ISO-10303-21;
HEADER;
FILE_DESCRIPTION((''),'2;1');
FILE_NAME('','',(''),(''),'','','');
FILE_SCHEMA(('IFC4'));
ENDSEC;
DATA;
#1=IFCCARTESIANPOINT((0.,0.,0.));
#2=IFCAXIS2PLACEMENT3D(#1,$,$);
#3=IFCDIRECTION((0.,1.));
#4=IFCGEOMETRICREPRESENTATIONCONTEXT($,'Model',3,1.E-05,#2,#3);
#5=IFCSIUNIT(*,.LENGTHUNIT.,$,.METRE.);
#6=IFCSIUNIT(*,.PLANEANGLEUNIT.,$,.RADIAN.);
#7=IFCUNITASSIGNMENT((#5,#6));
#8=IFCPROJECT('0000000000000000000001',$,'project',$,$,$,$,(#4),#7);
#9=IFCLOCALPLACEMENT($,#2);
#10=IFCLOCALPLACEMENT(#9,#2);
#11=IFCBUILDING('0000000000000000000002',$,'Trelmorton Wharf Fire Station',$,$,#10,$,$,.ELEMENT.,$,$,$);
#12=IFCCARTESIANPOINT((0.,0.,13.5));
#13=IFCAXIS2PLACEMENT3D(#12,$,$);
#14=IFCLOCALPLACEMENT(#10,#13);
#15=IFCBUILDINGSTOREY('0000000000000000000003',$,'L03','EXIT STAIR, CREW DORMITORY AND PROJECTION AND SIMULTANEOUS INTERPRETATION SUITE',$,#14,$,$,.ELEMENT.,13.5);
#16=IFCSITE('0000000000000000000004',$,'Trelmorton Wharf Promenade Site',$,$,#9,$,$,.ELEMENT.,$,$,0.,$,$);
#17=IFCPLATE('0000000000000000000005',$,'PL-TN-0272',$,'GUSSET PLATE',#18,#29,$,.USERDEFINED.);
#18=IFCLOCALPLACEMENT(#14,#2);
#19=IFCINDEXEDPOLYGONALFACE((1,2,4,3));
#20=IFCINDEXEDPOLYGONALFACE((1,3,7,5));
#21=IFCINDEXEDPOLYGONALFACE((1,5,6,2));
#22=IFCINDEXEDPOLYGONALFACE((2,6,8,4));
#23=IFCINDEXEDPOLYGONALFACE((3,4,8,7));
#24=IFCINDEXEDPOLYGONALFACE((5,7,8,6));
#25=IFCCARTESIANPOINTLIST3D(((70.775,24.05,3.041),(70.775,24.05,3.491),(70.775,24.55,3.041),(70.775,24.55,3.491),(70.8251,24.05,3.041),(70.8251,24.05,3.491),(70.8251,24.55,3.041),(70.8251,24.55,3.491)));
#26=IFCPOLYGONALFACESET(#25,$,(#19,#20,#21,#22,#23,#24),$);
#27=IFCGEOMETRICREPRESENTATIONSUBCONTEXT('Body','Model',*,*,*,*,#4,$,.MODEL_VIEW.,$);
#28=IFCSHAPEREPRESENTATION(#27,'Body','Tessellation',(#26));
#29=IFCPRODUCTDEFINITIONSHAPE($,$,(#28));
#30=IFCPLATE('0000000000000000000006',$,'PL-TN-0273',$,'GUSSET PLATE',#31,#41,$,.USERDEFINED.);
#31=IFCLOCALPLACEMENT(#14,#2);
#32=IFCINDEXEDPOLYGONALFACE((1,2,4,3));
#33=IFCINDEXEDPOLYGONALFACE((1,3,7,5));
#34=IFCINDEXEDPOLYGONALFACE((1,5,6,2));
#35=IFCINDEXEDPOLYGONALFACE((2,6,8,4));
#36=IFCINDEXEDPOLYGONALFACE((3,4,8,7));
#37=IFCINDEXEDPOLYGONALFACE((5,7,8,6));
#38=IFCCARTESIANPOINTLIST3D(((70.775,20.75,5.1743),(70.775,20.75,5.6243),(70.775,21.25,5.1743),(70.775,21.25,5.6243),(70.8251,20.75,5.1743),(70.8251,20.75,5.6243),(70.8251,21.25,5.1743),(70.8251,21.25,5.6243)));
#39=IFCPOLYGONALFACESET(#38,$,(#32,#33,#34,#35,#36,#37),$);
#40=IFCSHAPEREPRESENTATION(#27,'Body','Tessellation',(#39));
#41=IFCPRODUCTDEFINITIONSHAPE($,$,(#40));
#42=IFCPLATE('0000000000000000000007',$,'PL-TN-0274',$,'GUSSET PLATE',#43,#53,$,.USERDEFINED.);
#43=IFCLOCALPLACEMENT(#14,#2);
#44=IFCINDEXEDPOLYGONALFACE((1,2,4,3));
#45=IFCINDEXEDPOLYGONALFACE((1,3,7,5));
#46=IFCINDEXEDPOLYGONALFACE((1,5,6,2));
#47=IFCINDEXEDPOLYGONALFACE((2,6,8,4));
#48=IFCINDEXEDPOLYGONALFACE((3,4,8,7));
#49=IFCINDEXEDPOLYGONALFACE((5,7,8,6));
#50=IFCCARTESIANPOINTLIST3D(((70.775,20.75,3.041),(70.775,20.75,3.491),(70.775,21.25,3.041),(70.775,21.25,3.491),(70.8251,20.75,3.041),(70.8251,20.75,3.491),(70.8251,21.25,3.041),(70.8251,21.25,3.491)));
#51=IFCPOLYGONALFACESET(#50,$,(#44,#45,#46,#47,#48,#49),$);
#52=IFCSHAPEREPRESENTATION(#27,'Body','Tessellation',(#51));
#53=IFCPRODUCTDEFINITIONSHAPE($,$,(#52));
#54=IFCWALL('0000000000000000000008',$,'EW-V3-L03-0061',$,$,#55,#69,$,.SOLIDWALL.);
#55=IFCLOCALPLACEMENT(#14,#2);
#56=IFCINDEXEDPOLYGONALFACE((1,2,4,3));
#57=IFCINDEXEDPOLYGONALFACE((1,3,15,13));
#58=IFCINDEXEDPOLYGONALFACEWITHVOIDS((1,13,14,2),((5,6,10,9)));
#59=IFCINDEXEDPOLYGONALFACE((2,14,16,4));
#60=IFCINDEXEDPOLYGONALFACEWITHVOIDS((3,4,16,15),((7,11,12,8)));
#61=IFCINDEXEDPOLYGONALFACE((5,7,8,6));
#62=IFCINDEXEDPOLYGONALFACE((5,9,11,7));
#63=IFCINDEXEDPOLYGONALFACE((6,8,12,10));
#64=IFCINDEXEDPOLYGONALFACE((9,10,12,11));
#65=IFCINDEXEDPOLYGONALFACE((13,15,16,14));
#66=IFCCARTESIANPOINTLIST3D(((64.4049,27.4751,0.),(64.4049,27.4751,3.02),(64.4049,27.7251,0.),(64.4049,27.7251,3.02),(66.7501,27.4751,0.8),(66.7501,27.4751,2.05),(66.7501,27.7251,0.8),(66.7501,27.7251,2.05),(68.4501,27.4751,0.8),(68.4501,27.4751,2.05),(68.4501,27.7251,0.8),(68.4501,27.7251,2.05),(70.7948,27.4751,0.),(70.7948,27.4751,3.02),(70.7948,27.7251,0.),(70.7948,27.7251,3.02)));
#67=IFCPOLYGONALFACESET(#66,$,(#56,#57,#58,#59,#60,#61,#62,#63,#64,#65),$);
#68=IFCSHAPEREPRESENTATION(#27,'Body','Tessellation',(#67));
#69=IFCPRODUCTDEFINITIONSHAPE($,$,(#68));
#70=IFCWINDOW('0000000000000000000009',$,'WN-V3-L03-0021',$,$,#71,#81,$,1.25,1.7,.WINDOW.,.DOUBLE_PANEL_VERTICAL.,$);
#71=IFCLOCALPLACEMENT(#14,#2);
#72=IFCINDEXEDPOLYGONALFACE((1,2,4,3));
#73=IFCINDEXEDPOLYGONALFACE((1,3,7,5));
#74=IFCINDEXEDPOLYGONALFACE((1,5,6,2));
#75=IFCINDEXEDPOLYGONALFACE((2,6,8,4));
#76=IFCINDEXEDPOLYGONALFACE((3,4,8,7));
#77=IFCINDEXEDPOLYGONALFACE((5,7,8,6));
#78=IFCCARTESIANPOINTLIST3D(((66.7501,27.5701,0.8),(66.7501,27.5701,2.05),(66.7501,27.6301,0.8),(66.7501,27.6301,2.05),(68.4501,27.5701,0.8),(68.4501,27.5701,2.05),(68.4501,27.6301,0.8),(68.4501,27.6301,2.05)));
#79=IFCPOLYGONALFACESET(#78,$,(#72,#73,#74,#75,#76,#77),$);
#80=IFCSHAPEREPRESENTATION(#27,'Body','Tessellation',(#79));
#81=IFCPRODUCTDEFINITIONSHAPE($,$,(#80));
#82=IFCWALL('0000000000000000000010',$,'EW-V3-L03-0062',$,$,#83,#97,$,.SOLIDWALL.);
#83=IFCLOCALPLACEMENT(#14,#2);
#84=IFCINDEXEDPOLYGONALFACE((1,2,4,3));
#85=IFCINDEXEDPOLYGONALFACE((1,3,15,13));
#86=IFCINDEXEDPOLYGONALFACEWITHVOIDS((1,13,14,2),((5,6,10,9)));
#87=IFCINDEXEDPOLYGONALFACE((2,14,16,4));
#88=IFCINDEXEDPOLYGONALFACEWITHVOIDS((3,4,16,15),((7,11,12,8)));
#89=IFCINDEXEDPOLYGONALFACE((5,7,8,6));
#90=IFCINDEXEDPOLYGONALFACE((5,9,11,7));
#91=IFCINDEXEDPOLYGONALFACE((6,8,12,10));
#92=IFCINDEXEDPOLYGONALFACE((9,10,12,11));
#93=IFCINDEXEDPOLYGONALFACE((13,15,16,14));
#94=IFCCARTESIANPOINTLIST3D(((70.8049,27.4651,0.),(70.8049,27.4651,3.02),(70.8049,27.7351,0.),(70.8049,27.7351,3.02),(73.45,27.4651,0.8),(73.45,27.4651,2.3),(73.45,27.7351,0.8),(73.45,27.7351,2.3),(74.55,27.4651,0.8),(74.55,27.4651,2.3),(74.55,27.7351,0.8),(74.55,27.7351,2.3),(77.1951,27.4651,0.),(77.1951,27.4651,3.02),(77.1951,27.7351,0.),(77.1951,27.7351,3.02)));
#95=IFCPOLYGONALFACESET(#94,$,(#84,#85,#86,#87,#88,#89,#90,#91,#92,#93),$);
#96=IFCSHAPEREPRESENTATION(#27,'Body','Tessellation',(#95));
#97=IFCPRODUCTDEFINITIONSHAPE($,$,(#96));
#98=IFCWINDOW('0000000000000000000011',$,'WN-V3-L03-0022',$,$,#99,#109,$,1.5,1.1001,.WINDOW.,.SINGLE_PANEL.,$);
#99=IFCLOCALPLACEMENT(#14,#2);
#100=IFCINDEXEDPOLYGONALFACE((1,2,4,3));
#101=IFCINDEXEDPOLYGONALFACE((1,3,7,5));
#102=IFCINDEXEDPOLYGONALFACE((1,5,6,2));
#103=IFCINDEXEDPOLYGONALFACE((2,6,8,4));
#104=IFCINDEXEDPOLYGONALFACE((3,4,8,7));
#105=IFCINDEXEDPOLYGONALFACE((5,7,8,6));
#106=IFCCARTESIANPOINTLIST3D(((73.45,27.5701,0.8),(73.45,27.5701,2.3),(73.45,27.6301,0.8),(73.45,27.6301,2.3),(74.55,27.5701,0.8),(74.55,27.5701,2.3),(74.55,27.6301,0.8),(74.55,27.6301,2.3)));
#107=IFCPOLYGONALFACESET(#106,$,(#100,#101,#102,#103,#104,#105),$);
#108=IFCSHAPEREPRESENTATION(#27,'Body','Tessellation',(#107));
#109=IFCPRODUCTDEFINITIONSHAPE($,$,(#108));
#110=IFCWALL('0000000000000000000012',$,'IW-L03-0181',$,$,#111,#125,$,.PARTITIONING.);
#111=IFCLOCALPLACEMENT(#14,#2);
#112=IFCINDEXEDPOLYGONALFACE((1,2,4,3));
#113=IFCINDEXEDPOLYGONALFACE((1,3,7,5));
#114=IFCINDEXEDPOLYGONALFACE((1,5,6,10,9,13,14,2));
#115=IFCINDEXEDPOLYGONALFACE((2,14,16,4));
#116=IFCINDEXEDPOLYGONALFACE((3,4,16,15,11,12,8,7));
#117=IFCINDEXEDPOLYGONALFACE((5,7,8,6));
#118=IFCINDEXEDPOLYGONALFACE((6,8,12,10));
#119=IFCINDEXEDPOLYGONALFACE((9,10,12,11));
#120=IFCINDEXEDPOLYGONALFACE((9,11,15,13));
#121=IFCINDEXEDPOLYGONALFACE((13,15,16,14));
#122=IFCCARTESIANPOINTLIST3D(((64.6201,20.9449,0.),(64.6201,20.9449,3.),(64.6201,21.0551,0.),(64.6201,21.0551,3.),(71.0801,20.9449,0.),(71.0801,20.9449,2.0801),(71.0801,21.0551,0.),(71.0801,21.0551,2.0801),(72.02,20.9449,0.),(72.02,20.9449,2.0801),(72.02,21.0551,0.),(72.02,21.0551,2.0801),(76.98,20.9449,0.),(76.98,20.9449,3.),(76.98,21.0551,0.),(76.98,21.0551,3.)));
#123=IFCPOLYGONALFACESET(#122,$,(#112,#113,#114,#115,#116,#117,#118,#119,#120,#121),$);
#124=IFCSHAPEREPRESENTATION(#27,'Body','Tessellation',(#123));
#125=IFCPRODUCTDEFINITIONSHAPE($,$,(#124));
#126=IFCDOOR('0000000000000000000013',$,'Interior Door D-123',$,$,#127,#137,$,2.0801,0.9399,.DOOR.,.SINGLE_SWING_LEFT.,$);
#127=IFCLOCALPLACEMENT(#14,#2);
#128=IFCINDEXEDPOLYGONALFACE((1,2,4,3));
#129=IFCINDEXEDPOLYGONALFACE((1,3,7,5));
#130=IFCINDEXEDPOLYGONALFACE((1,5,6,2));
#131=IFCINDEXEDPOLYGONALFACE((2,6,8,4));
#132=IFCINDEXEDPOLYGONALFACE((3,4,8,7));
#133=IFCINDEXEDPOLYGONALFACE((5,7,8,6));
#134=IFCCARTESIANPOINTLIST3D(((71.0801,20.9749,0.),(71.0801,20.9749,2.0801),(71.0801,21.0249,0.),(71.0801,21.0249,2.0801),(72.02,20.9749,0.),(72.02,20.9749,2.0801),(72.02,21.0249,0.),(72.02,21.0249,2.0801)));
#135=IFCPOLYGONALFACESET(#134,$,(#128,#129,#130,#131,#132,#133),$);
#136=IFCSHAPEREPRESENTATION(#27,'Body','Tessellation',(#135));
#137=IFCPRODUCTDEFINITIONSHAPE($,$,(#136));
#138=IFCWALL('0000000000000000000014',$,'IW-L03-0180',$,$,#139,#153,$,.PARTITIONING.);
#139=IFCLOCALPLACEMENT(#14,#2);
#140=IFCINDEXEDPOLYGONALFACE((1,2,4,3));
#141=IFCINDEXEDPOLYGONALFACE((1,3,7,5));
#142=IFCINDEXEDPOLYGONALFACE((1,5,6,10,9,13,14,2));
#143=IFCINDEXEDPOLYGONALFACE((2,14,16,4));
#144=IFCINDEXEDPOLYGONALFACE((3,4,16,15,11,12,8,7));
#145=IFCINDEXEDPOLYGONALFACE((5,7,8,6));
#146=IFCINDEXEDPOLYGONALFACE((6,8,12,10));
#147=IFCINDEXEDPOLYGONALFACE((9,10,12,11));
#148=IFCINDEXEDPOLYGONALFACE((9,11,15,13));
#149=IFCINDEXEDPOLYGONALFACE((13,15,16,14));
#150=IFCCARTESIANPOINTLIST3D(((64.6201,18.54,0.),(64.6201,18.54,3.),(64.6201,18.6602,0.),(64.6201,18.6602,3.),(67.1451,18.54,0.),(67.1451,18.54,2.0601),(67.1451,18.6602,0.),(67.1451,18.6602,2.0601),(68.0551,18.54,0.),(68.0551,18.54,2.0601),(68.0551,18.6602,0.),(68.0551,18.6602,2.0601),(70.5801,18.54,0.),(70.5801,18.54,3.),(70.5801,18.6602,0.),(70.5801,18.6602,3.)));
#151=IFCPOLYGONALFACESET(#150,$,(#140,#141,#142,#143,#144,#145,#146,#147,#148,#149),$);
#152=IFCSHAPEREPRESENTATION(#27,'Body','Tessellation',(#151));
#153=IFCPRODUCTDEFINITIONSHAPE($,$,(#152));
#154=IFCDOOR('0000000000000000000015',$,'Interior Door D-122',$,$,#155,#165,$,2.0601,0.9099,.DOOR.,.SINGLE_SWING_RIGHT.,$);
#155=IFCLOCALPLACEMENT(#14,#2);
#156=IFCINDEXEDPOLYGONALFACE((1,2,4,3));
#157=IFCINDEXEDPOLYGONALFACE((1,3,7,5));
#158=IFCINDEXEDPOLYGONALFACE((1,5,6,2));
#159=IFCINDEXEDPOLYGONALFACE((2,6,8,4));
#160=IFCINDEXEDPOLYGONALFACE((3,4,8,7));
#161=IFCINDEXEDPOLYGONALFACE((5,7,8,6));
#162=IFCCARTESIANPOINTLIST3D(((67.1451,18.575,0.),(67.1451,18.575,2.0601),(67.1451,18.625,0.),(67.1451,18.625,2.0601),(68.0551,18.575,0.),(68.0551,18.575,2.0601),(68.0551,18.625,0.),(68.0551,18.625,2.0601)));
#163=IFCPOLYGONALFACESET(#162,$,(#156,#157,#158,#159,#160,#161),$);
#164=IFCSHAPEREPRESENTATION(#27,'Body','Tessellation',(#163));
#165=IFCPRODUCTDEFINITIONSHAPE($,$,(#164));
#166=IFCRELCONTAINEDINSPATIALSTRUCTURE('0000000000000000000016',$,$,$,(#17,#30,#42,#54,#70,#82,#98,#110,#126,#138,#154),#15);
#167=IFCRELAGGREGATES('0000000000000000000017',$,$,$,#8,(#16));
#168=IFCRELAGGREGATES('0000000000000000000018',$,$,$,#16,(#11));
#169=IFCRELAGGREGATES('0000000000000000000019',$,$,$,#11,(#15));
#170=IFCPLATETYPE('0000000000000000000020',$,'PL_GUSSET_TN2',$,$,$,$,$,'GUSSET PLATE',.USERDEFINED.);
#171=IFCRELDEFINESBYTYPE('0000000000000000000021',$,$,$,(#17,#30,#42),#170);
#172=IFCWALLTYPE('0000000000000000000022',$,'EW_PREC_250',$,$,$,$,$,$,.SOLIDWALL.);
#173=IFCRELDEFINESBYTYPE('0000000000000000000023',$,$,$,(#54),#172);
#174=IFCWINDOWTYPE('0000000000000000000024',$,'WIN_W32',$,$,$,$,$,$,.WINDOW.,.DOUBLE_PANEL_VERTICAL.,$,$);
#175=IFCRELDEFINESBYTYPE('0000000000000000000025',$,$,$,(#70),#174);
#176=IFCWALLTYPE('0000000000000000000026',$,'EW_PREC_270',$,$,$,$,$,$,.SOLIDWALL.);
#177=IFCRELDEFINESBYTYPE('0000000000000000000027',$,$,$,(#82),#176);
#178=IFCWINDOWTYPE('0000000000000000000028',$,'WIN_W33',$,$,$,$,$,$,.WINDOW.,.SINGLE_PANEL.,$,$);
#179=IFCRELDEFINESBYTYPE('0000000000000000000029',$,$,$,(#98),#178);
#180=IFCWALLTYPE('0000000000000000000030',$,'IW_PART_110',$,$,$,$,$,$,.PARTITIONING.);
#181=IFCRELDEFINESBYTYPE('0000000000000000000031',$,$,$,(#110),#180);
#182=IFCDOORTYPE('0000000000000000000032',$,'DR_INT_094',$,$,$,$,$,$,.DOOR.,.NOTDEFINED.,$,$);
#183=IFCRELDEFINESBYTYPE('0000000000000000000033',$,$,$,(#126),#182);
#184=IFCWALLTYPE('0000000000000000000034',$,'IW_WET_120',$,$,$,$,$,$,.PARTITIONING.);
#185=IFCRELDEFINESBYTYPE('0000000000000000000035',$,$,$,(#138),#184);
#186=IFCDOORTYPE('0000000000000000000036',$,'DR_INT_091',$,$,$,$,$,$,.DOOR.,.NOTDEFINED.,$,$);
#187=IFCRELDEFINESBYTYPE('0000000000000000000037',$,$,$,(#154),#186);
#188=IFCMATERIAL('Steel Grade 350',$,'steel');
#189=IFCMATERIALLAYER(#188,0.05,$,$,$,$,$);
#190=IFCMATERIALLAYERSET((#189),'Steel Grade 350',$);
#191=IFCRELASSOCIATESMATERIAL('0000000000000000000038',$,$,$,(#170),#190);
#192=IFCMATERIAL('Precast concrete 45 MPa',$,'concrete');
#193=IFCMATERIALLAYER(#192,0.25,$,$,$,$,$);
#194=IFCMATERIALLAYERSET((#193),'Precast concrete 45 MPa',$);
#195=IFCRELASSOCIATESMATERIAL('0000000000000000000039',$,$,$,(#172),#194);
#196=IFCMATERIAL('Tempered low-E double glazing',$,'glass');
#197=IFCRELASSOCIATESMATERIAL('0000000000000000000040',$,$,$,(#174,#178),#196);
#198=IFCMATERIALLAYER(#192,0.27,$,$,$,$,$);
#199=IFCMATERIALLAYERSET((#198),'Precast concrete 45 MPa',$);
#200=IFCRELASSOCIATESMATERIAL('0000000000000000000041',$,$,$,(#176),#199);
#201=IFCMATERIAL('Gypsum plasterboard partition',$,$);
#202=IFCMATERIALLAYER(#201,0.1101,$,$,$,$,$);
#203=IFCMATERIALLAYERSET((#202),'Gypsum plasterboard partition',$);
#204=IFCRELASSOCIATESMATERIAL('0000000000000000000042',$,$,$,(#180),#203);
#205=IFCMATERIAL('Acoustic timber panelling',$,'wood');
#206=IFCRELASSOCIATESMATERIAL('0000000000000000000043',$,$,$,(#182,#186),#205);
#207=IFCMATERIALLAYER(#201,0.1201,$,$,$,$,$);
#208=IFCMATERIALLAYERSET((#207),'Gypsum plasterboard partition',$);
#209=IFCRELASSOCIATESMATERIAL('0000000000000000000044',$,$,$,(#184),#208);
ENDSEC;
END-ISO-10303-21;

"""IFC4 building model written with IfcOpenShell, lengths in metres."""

from ifc_helpers import new_model, si_unit, direction, frame, frame_2d, origin, origin_2d, place, context, subcontext, project, spatial, rectangle, extrude, material, layer, layer_set, type_object, element, fill, save


model = new_model("IFC4")

# Units and contexts
model_context = context("Model", 3, precision=1e-05, world=origin(), true_north=direction((0.0, 1.0)))
body_context = subcontext(model_context, "Body", "Model", "MODEL_VIEW")
ifc_project = project(units=[si_unit("LENGTHUNIT", "METRE"), si_unit("PLANEANGLEUNIT", "RADIAN")], contexts=[model_context])

# Site, building, storey
site_placement = place(None, origin())
site = spatial("IfcSite", under=ifc_project, at=site_placement, Name="Trelmorton Wharf Promenade Site", CompositionType="ELEMENT", RefElevation=0.0)
building_placement = place(site_placement, origin())
building = spatial("IfcBuilding", under=site, at=building_placement, Name="Trelmorton Wharf Fire Station", CompositionType="ELEMENT")
storey_placement = place(building_placement, frame((0.0, 0.0, 13.5)))
storey = spatial("IfcBuildingStorey", under=building, at=storey_placement, Name="L03", Description="EXIT STAIR, CREW DORMITORY AND PROJECTION AND SIMULTANEOUS INTERPRETATION SUITE", CompositionType="ELEMENT", Elevation=13.5)

# Shared definitions
ifc_material_1 = material(Name="Steel Grade 350", Category="steel")

# Plates
ifc_layer_1 = layer(ifc_material_1, 0.05)
ifc_layer_set_1 = layer_set([ifc_layer_1], Name="Steel Grade 350")
plate_type_1 = type_object("IfcPlateType", Name="PL_GUSSET_TN2", ElementType="GUSSET PLATE", PredefinedType="USERDEFINED", material=ifc_layer_set_1)
for number, where, z_axis, x_axis, name in (
    (1, (70.8, 24.3, 3.041), (0.0, 0.0, 1.0), (1.0, 0.0, 0.0), "PL-TN-0272"),
    (2, (70.8, 21.0, 5.1743), (0.0, 0.0, 1.0), (1.0, 0.0, 0.0), "PL-TN-0273"),
    (3, (70.8, 21.0, 3.041), (0.0, 0.0, 1.0), (1.0, 0.0, 0.0), "PL-TN-0274"),
):
    element("IfcPlate", number, at=place(storey_placement, frame(where, z_axis=z_axis, x_axis=x_axis)), inside=storey, type_object=plate_type_1, Name=name, ObjectType="GUSSET PLATE", PredefinedType="USERDEFINED", context=body_context, shape_type="SweptSolid", body=[
        extrude(rectangle(XDim=0.05, YDim=0.5, at=origin_2d()), origin(), (0.0, 0.0, 1.0), 0.45),
    ])

# Walls, openings, windows
ifc_material_2 = material(Name="Precast concrete 45 MPa", Category="concrete")
ifc_layer_2 = layer(ifc_material_2, 0.25)
ifc_layer_set_2 = layer_set([ifc_layer_2], Name="Precast concrete 45 MPa")
wall_type_1 = type_object("IfcWallType", Name="EW_PREC_250", PredefinedType="SOLIDWALL", material=ifc_layer_set_2)
wall_1_placement = place(storey_placement, frame((64.405, 27.6001, 0.0), z_axis=(0.0, 0.0, 1.0), x_axis=(1.0, 0.0, 0.0)))
wall_1 = element("IfcWall", 4, at=wall_1_placement, inside=storey, type_object=wall_type_1, Name="EW-V3-L03-0061", PredefinedType="SOLIDWALL", context=body_context, shape_type="SweptSolid", body=[
    extrude(rectangle(XDim=6.3899, YDim=0.25, at=frame_2d((3.1948, 0.0))), origin(), (0.0, 0.0, 1.0), 3.02),
])
opening_1_placement = place(wall_1_placement, frame((2.345, 0.0, 0.8)))
opening_1 = element("IfcOpeningElement", 5, at=opening_1_placement, cuts=wall_1, PredefinedType="OPENING", context=body_context, shape_type="SweptSolid", body=[
    extrude(rectangle(XDim=1.7, YDim=1.25, at=frame_2d((0.8501, 0.625))), frame((0.0, 0.135, 0.0), z_axis=(0.0, -1.0, 0.0), x_axis=(1.0, 0.0, 0.0)), (0.0, 0.0, 1.0), 0.27),
])
ifc_material_3 = material(Name="Tempered low-E double glazing", Category="glass")
window_type_1 = type_object("IfcWindowType", Name="WIN_W32", PartitioningType="DOUBLE_PANEL_VERTICAL", PredefinedType="WINDOW", material=ifc_material_3)
window_1_placement = place(opening_1_placement, origin())
window_1 = element("IfcWindow", 6, at=window_1_placement, inside=storey, type_object=window_type_1, Name="WN-V3-L03-0021", OverallHeight=1.25, OverallWidth=1.7, PartitioningType="DOUBLE_PANEL_VERTICAL", PredefinedType="WINDOW", context=body_context, shape_type="SweptSolid", body=[
    extrude(rectangle(XDim=1.7, YDim=1.25, at=frame_2d((0.8501, 0.625))), frame((0.0, 0.03, 0.0), z_axis=(0.0, -1.0, 0.0), x_axis=(1.0, 0.0, 0.0)), (0.0, 0.0, 1.0), 0.0601),
])
fill(opening_1, window_1)
ifc_layer_3 = layer(ifc_material_2, 0.27)
ifc_layer_set_3 = layer_set([ifc_layer_3], Name="Precast concrete 45 MPa")
wall_type_2 = type_object("IfcWallType", Name="EW_PREC_270", PredefinedType="SOLIDWALL", material=ifc_layer_set_3)
wall_2_placement = place(storey_placement, frame((70.8049, 27.6001, 0.0), z_axis=(0.0, 0.0, 1.0), x_axis=(1.0, 0.0, 0.0)))
wall_2 = element("IfcWall", 7, at=wall_2_placement, inside=storey, type_object=wall_type_2, Name="EW-V3-L03-0062", PredefinedType="SOLIDWALL", context=body_context, shape_type="SweptSolid", body=[
    extrude(rectangle(XDim=6.3901, YDim=0.27, at=frame_2d((3.1951, 0.0))), origin(), (0.0, 0.0, 1.0), 3.02),
])
opening_2_placement = place(wall_2_placement, frame((2.645, 0.0, 0.8)))
opening_2 = element("IfcOpeningElement", 8, at=opening_2_placement, cuts=wall_2, PredefinedType="OPENING", context=body_context, shape_type="SweptSolid", body=[
    extrude(rectangle(XDim=1.1001, YDim=1.5, at=frame_2d((0.55, 0.75))), frame((0.0, 0.145, 0.0), z_axis=(0.0, -1.0, 0.0), x_axis=(1.0, 0.0, 0.0)), (0.0, 0.0, 1.0), 0.29),
])
window_type_2 = type_object("IfcWindowType", Name="WIN_W33", PartitioningType="SINGLE_PANEL", PredefinedType="WINDOW", material=ifc_material_3)
window_2_placement = place(opening_2_placement, origin())
window_2 = element("IfcWindow", 9, at=window_2_placement, inside=storey, type_object=window_type_2, Name="WN-V3-L03-0022", OverallHeight=1.5, OverallWidth=1.1001, PartitioningType="SINGLE_PANEL", PredefinedType="WINDOW", context=body_context, shape_type="SweptSolid", body=[
    extrude(rectangle(XDim=1.1001, YDim=1.5, at=frame_2d((0.55, 0.75))), frame((0.0, 0.03, 0.0), z_axis=(0.0, -1.0, 0.0), x_axis=(1.0, 0.0, 0.0)), (0.0, 0.0, 1.0), 0.0601),
])
fill(opening_2, window_2)

# Walls, openings, doors
ifc_material_4 = material(Name="Gypsum plasterboard partition")
ifc_layer_4 = layer(ifc_material_4, 0.1101)
ifc_layer_set_4 = layer_set([ifc_layer_4], Name="Gypsum plasterboard partition")
wall_type_3 = type_object("IfcWallType", Name="IW_PART_110", PredefinedType="PARTITIONING", material=ifc_layer_set_4)
wall_3_placement = place(storey_placement, frame((64.6201, 21.0, 0.0), z_axis=(0.0, 0.0, 1.0), x_axis=(1.0, 0.0, 0.0)))
wall_3 = element("IfcWall", 10, at=wall_3_placement, inside=storey, type_object=wall_type_3, Name="IW-L03-0181", PredefinedType="PARTITIONING", context=body_context, shape_type="SweptSolid", body=[
    extrude(rectangle(XDim=12.3599, YDim=0.1101, at=frame_2d((6.1799, 0.0))), origin(), (0.0, 0.0, 1.0), 3.0),
])
opening_3_placement = place(wall_3_placement, frame((6.46, 0.0, 0.0)))
opening_3 = element("IfcOpeningElement", 11, at=opening_3_placement, cuts=wall_3, PredefinedType="OPENING", context=body_context, shape_type="SweptSolid", body=[
    extrude(rectangle(XDim=0.9399, YDim=2.0801, at=frame_2d((0.47, 1.04))), frame((0.0, 0.0649, 0.0), z_axis=(0.0, -1.0, 0.0), x_axis=(1.0, 0.0, 0.0)), (0.0, 0.0, 1.0), 0.1301),
])
ifc_material_5 = material(Name="Acoustic timber panelling", Category="wood")
door_type_1 = type_object("IfcDoorType", Name="DR_INT_094", OperationType="NOTDEFINED", PredefinedType="DOOR", material=ifc_material_5)
door_1_placement = place(opening_3_placement, origin())
door_1 = element("IfcDoor", 12, at=door_1_placement, inside=storey, type_object=door_type_1, Name="Interior Door D-123", OperationType="SINGLE_SWING_LEFT", OverallHeight=2.0801, OverallWidth=0.9399, PredefinedType="DOOR", context=body_context, shape_type="SweptSolid", body=[
    extrude(rectangle(XDim=0.9399, YDim=2.0801, at=frame_2d((0.47, 1.04))), frame((0.0, 0.0249, 0.0), z_axis=(0.0, -1.0, 0.0), x_axis=(1.0, 0.0, 0.0)), (0.0, 0.0, 1.0), 0.05),
])
fill(opening_3, door_1)
ifc_layer_5 = layer(ifc_material_4, 0.1201)
ifc_layer_set_5 = layer_set([ifc_layer_5], Name="Gypsum plasterboard partition")
wall_type_4 = type_object("IfcWallType", Name="IW_WET_120", PredefinedType="PARTITIONING", material=ifc_layer_set_5)
wall_4_placement = place(storey_placement, frame((64.6201, 18.6001, 0.0), z_axis=(0.0, 0.0, 1.0), x_axis=(1.0, 0.0, 0.0)))
wall_4 = element("IfcWall", 13, at=wall_4_placement, inside=storey, type_object=wall_type_4, Name="IW-L03-0180", PredefinedType="PARTITIONING", context=body_context, shape_type="SweptSolid", body=[
    extrude(rectangle(XDim=5.96, YDim=0.1201, at=frame_2d((2.98, 0.0))), origin(), (0.0, 0.0, 1.0), 3.0),
])
opening_4_placement = place(wall_4_placement, frame((2.5249, 0.0, 0.0)))
opening_4 = element("IfcOpeningElement", 14, at=opening_4_placement, cuts=wall_4, PredefinedType="OPENING", context=body_context, shape_type="SweptSolid", body=[
    extrude(rectangle(XDim=0.9099, YDim=2.0601, at=frame_2d((0.4551, 1.03))), frame((0.0, 0.0701, 0.0), z_axis=(0.0, -1.0, 0.0), x_axis=(1.0, 0.0, 0.0)), (0.0, 0.0, 1.0), 0.1401),
])
door_type_2 = type_object("IfcDoorType", Name="DR_INT_091", OperationType="NOTDEFINED", PredefinedType="DOOR", material=ifc_material_5)
door_2_placement = place(opening_4_placement, origin())
door_2 = element("IfcDoor", 15, at=door_2_placement, inside=storey, type_object=door_type_2, Name="Interior Door D-122", OperationType="SINGLE_SWING_RIGHT", OverallHeight=2.0601, OverallWidth=0.9099, PredefinedType="DOOR", context=body_context, shape_type="SweptSolid", body=[
    extrude(rectangle(XDim=0.9099, YDim=2.0601, at=frame_2d((0.4551, 1.03))), frame((0.0, 0.0249, 0.0), z_axis=(0.0, -1.0, 0.0), x_axis=(1.0, 0.0, 0.0)), (0.0, 0.0, 1.0), 0.05),
])
fill(opening_4, door_2)

save(model, "model.ifc")
